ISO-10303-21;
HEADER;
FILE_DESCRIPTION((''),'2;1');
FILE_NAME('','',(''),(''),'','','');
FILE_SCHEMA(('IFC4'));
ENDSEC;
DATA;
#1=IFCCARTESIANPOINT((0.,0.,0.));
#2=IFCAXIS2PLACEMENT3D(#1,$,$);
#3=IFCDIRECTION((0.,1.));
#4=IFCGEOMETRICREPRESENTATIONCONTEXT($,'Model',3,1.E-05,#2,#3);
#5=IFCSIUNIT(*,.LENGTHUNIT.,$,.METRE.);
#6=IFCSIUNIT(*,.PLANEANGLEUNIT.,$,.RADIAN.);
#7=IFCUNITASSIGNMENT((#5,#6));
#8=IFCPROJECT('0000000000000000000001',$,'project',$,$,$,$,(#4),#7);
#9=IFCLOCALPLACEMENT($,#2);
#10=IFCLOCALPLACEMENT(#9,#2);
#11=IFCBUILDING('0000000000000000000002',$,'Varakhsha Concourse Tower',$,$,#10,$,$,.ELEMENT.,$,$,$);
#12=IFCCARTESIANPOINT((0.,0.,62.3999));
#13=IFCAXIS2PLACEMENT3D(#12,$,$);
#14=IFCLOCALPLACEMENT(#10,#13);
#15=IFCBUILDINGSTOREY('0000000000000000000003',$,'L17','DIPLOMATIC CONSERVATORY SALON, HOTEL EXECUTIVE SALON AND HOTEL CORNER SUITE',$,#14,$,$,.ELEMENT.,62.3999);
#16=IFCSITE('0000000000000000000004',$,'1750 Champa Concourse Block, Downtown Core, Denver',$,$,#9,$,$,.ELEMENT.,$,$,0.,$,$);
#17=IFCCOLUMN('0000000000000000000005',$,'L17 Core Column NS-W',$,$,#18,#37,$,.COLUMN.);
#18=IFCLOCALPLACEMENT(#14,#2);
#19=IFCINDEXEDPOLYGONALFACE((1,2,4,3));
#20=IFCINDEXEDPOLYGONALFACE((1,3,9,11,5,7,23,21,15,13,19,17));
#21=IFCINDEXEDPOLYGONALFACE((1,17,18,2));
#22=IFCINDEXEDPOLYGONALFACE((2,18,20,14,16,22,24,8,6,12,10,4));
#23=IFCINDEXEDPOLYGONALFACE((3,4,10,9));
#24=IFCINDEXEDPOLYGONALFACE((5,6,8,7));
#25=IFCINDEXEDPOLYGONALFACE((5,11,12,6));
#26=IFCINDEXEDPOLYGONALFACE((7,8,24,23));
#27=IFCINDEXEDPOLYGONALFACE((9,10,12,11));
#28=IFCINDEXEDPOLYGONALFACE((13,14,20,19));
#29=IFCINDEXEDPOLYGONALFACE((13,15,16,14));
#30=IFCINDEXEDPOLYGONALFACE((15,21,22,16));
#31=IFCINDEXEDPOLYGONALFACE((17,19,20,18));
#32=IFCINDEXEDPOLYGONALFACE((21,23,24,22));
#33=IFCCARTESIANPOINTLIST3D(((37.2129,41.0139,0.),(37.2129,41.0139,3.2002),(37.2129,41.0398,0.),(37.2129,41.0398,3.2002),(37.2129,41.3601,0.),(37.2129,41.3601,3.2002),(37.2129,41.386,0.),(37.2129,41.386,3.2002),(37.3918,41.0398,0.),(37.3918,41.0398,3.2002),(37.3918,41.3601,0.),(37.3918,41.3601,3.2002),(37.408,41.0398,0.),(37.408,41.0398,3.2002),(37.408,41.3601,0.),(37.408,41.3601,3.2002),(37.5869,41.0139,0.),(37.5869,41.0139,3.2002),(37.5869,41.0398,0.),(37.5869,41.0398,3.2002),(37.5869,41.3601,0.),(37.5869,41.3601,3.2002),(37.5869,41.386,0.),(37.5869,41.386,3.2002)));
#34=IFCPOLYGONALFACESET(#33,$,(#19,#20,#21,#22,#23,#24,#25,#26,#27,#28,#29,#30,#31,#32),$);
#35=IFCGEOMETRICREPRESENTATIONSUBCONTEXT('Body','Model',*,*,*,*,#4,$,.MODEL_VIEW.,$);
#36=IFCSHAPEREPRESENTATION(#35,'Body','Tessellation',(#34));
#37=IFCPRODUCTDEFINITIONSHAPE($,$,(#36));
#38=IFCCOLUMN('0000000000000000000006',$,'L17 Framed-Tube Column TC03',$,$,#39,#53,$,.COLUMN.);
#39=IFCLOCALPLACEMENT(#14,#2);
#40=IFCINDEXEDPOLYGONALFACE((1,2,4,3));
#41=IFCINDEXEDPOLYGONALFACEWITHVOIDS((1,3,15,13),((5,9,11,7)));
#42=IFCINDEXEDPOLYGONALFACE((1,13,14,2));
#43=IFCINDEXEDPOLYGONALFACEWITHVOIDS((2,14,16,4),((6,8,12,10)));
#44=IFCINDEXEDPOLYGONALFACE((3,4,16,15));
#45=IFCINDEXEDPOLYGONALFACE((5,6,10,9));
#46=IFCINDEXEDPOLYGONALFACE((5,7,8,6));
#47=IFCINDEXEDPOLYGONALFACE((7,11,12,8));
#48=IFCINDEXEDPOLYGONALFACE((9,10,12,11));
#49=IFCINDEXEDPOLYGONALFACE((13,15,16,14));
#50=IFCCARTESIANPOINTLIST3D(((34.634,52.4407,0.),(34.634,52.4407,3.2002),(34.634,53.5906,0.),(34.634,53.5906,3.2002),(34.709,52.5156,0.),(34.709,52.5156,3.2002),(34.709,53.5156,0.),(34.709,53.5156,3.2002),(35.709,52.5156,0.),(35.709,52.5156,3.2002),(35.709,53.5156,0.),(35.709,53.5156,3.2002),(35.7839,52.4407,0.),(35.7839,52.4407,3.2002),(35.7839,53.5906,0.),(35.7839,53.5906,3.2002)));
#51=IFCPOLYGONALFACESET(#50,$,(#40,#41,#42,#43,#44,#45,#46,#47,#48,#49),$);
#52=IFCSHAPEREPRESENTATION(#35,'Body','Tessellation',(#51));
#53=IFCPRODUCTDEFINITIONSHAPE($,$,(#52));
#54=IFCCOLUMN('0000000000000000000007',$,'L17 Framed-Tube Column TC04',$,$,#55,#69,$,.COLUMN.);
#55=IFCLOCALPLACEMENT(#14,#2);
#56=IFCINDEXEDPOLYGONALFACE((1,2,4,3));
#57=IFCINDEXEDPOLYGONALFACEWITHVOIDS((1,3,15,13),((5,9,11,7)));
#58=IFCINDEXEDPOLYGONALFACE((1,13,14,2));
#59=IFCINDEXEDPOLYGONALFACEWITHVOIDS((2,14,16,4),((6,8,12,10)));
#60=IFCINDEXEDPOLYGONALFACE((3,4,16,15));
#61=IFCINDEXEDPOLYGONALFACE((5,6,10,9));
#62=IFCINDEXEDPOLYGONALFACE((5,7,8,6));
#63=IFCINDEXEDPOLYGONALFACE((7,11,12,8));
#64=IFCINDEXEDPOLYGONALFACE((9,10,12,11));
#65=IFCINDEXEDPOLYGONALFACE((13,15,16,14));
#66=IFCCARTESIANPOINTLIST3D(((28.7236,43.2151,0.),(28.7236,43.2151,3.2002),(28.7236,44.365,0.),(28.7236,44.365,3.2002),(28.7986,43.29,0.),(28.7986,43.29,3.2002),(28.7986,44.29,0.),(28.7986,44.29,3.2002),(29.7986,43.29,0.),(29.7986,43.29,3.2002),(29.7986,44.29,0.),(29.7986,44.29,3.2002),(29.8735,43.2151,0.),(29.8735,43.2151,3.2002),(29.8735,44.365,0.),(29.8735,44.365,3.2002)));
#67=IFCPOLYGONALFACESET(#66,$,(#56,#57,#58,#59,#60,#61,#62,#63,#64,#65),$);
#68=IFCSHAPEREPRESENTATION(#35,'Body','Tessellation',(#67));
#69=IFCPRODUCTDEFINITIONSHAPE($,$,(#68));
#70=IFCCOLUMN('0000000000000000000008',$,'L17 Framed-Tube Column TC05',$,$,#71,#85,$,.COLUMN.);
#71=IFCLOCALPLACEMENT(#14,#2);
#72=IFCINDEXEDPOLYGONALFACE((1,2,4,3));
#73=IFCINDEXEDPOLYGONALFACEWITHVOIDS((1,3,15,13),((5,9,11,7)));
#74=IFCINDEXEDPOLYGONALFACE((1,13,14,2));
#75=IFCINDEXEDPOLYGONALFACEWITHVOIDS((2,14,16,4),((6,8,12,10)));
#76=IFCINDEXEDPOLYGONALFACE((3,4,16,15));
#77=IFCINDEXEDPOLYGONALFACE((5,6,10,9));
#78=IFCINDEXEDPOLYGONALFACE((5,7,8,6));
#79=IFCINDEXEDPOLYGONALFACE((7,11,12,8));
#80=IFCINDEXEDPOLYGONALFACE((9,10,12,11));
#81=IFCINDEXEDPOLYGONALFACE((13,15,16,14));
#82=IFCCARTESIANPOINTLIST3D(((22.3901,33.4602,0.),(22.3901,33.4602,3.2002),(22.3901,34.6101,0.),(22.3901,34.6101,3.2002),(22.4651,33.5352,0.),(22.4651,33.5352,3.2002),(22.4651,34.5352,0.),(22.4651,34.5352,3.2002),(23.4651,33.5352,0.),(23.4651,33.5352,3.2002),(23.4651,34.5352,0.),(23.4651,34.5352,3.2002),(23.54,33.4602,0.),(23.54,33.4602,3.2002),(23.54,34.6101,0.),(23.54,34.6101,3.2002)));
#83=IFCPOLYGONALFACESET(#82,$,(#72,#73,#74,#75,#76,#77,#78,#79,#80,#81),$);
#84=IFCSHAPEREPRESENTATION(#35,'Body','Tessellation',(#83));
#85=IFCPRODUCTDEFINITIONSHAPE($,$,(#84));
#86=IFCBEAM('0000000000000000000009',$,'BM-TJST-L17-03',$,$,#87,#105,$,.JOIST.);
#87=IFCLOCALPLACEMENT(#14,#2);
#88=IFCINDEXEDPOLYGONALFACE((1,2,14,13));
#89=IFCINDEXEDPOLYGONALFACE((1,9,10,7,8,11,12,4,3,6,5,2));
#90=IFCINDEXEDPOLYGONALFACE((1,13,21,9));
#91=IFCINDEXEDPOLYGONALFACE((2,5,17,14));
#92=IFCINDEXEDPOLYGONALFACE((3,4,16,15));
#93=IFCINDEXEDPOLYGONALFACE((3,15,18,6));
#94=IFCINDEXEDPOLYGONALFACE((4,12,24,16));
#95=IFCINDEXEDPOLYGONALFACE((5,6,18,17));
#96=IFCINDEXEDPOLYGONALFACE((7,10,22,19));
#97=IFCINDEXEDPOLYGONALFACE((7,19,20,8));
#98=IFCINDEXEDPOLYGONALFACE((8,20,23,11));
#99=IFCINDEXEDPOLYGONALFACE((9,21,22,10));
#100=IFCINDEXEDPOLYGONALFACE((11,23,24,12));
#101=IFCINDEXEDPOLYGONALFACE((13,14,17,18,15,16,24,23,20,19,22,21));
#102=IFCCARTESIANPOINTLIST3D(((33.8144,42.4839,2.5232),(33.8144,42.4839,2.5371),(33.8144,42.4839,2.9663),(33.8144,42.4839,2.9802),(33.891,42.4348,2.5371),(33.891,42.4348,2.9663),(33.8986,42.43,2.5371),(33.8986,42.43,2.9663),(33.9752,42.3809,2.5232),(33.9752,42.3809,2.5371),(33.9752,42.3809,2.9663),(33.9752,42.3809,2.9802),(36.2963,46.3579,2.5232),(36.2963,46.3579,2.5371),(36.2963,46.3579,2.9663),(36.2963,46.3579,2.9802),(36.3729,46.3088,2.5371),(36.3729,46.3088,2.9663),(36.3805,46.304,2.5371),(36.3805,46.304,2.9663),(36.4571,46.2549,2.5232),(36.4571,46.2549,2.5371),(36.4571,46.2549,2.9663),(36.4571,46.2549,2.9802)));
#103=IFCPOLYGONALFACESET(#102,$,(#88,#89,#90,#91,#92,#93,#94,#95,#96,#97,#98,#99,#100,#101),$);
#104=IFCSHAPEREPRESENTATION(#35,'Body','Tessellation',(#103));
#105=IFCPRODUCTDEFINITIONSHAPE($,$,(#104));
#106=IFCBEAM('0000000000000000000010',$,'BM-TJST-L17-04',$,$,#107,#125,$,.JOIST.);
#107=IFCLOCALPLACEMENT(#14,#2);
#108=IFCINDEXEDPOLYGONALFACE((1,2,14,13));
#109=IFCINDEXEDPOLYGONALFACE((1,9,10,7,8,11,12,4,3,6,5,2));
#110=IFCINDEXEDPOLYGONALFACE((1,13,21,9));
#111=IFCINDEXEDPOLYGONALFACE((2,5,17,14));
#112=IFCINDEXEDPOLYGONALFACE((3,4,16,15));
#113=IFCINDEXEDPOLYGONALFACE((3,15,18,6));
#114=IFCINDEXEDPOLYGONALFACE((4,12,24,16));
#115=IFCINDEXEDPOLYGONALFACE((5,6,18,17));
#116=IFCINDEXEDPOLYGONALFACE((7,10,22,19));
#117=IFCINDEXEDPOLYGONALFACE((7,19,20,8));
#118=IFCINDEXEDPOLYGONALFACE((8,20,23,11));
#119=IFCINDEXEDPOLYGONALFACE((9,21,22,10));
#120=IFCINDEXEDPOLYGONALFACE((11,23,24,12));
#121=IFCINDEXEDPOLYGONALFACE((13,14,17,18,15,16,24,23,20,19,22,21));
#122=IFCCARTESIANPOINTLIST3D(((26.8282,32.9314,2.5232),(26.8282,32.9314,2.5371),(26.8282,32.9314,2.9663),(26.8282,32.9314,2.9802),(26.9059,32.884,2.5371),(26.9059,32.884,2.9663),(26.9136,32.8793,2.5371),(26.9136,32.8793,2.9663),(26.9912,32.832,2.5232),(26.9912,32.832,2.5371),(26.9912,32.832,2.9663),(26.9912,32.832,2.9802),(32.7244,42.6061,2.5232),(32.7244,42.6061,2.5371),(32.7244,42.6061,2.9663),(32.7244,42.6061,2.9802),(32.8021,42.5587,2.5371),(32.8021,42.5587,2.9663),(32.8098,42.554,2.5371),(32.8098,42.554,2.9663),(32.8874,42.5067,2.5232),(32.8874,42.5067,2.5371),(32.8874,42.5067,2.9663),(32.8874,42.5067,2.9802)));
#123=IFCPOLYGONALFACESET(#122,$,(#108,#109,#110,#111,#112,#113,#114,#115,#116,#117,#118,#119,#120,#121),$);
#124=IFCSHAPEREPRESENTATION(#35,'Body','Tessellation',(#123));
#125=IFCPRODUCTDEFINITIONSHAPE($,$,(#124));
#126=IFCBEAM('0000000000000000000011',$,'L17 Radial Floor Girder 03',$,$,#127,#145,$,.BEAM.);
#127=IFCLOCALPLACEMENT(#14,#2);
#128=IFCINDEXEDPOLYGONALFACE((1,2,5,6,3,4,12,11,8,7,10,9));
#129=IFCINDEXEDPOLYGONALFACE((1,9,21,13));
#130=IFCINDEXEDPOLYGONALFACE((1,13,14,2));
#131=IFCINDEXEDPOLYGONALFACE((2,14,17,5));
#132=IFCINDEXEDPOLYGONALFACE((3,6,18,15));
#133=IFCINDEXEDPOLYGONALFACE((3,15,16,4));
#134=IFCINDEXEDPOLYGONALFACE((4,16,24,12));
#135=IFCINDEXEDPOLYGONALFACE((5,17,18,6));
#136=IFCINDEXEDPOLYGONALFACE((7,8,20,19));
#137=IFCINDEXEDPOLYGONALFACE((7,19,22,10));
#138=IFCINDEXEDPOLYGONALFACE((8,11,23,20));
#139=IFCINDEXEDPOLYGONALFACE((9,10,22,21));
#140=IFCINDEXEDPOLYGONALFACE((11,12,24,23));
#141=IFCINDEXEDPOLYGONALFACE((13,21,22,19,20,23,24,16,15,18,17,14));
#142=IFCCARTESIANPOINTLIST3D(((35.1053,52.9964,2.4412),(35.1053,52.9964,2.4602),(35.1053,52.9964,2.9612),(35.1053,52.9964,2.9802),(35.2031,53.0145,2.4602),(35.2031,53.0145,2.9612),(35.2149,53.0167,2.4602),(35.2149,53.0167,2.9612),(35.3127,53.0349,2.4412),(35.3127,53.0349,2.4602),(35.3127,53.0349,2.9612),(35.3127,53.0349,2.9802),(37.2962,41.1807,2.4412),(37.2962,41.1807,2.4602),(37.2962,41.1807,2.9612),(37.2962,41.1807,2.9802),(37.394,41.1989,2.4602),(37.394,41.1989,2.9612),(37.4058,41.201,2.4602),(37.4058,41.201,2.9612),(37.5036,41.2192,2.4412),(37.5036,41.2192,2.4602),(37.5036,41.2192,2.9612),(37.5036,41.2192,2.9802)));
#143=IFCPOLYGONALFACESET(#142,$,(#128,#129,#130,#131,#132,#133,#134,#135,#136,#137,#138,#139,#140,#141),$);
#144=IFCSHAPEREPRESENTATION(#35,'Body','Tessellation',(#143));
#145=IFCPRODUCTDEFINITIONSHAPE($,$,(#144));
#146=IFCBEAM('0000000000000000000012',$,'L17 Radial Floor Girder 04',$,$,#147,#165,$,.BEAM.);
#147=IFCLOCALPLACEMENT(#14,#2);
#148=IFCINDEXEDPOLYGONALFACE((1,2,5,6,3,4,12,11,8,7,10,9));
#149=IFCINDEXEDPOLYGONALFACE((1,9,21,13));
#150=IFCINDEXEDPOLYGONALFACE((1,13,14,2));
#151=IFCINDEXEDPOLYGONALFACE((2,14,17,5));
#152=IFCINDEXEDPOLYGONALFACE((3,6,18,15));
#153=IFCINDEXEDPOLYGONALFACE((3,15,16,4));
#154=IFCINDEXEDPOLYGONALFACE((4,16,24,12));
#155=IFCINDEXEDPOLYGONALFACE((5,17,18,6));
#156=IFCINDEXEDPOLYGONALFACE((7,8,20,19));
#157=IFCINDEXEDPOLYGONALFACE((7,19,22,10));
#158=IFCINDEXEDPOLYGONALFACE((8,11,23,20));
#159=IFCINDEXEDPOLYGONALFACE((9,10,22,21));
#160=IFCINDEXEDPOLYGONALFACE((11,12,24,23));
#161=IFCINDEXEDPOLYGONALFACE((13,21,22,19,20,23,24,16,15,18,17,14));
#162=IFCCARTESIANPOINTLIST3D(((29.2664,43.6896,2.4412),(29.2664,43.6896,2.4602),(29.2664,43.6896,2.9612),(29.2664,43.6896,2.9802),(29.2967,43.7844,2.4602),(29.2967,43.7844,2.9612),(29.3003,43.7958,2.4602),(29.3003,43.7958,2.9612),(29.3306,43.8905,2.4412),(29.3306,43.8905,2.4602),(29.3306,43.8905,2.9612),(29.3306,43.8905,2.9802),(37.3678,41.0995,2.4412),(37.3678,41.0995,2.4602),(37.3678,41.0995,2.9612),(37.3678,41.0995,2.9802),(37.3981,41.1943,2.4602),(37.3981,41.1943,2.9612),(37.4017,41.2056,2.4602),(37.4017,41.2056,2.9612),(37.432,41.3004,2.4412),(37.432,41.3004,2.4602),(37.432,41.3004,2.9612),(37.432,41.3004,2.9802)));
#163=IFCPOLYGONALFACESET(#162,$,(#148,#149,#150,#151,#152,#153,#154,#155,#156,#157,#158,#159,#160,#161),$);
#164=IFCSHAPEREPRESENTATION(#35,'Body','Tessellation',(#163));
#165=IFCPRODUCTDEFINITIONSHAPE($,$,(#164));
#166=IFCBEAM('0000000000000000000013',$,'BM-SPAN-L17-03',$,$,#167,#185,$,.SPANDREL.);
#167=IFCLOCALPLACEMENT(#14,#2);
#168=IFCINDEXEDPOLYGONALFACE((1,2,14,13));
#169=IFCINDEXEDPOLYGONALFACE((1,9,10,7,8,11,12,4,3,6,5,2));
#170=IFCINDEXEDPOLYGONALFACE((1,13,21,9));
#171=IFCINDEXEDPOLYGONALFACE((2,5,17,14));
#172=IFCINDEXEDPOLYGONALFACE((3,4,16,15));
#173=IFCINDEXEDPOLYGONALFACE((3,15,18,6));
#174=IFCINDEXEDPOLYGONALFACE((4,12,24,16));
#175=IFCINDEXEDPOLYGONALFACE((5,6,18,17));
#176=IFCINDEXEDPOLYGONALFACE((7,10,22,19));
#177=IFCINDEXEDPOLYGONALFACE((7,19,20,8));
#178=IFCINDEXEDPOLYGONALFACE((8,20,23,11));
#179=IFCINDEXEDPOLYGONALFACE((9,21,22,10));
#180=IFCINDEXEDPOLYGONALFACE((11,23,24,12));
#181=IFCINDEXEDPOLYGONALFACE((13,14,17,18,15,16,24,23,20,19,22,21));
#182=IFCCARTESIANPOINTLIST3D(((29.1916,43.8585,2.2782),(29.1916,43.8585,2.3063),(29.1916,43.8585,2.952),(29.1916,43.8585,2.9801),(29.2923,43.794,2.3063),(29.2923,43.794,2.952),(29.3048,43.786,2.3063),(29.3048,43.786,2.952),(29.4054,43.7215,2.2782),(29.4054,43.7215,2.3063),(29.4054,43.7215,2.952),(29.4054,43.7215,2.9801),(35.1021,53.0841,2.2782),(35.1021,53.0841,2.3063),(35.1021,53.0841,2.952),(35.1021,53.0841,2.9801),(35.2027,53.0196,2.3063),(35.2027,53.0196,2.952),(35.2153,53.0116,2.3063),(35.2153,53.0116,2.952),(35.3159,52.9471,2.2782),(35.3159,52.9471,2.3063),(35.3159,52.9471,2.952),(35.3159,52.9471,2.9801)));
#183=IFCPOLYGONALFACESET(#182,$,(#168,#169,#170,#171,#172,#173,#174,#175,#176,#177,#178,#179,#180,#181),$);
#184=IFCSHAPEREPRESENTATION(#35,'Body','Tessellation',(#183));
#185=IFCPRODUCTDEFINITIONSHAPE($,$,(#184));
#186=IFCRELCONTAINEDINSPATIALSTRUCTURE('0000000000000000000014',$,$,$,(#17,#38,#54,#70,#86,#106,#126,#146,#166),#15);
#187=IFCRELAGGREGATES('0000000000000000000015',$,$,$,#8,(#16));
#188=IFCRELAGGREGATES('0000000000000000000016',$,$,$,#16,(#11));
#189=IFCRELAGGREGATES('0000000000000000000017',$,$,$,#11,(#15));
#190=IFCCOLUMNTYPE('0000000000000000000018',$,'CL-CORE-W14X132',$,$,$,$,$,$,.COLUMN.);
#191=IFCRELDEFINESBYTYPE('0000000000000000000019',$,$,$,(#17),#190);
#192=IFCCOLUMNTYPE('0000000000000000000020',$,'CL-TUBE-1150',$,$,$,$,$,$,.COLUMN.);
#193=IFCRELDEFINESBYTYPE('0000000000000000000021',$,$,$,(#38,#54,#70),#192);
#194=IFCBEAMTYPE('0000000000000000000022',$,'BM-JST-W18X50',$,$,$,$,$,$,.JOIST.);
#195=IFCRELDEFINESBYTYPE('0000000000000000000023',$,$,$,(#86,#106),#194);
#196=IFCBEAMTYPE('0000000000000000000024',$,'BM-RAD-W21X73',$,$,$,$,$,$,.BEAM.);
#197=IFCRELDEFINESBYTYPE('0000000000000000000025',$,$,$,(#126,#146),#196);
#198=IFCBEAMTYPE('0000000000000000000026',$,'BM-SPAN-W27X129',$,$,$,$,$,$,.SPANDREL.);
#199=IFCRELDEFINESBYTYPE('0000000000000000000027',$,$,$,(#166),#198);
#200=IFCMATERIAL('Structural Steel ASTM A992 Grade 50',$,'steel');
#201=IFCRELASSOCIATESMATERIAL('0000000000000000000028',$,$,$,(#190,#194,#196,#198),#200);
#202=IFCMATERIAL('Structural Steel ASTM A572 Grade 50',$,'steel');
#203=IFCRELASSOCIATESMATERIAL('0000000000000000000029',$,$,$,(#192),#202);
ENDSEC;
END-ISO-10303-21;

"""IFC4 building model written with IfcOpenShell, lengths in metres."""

from ifc_helpers import new_model, si_unit, direction, frame, origin, origin_2d, place, context, subcontext, project, spatial, hollow_rectangle, i_section, extrude, material, material_profile, profile_set, type_object, element, save


model = new_model("IFC4")

# Units and contexts
model_context = context("Model", 3, precision=1e-05, world=origin(), true_north=direction((0.0, 1.0)))
body_context = subcontext(model_context, "Body", "Model", "MODEL_VIEW")
ifc_project = project(units=[si_unit("LENGTHUNIT", "METRE"), si_unit("PLANEANGLEUNIT", "RADIAN")], contexts=[model_context])

# Site, building, storey
site_placement = place(None, origin())
site = spatial("IfcSite", under=ifc_project, at=site_placement, Name="1750 Champa Concourse Block, Downtown Core, Denver", CompositionType="ELEMENT", RefElevation=0.0)
building_placement = place(site_placement, origin())
building = spatial("IfcBuilding", under=site, at=building_placement, Name="Varakhsha Concourse Tower", CompositionType="ELEMENT")
storey_placement = place(building_placement, frame((0.0, 0.0, 62.3999)))
storey = spatial("IfcBuildingStorey", under=building, at=storey_placement, Name="L17", Description="DIPLOMATIC CONSERVATORY SALON, HOTEL EXECUTIVE SALON AND HOTEL CORNER SUITE", CompositionType="ELEMENT", Elevation=62.3999)

# Columns
ifc_material_1 = material(Name="Structural Steel ASTM A992 Grade 50", Category="steel")
ifc_material_profile_1 = material_profile(ifc_material_1, i_section(OverallWidth=0.374, OverallDepth=0.3721, WebThickness=0.0161, FlangeThickness=0.0259, at=origin_2d()), Name="W14X132")
ifc_profile_set_1 = profile_set([ifc_material_profile_1], Name="Structural Steel ASTM A992 Grade 50")
column_type_1 = type_object("IfcColumnType", Name="CL-CORE-W14X132", PredefinedType="COLUMN", material=ifc_profile_set_1)
column_placement = place(storey_placement, frame((37.3999, 41.2, 0.0), z_axis=(0.0, 0.0, 1.0), x_axis=(1.0, 0.0, 0.0)))
element("IfcColumn", 1, at=column_placement, inside=storey, type_object=column_type_1, Name="L17 Core Column NS-W", PredefinedType="COLUMN", context=body_context, shape_type="SweptSolid", body=[
    extrude(i_section(OverallWidth=0.374, OverallDepth=0.3721, WebThickness=0.0161, FlangeThickness=0.0259, at=origin_2d()), origin(), (0.0, 0.0, 1.0), 3.2002),
])
ifc_material_2 = material(Name="Structural Steel ASTM A572 Grade 50", Category="steel")
ifc_material_profile_2 = material_profile(ifc_material_2, hollow_rectangle(XDim=1.1499, YDim=1.1499, WallThickness=0.075, at=origin_2d()), Name="BOX 1150x1150x75")
ifc_profile_set_2 = profile_set([ifc_material_profile_2], Name="Structural Steel ASTM A572 Grade 50")
column_type_2 = type_object("IfcColumnType", Name="CL-TUBE-1150", PredefinedType="COLUMN", material=ifc_profile_set_2)
for number, where, z_axis, x_axis, name in (
    (2, (35.209, 53.0156, 0.0), (0.0, 0.0, 1.0), (1.0, 0.0, 0.0), "L17 Framed-Tube Column TC03"),
    (3, (29.2986, 43.79, 0.0), (0.0, 0.0, 1.0), (1.0, 0.0, 0.0), "L17 Framed-Tube Column TC04"),
    (4, (22.9651, 34.0352, 0.0), (0.0, 0.0, 1.0), (1.0, 0.0, 0.0), "L17 Framed-Tube Column TC05"),
):
    element("IfcColumn", number, at=place(storey_placement, frame(where, z_axis=z_axis, x_axis=x_axis)), inside=storey, type_object=column_type_2, Name=name, PredefinedType="COLUMN", context=body_context, shape_type="SweptSolid", body=[
        extrude(hollow_rectangle(XDim=1.1499, YDim=1.1499, WallThickness=0.075, at=origin_2d()), origin(), (0.0, 0.0, 1.0), 3.2002),
    ])

# Beams
ifc_material_profile_3 = material_profile(ifc_material_1, i_section(OverallWidth=0.1909, OverallDepth=0.457, WebThickness=0.009, FlangeThickness=0.0139, at=origin_2d()), Name="W18X50")
ifc_profile_set_3 = profile_set([ifc_material_profile_3], Name="Structural Steel ASTM A992 Grade 50")
beam_type_1 = type_object("IfcBeamType", Name="BM-JST-W18X50", PredefinedType="JOIST", material=ifc_profile_set_3)
beam_1_placement = place(storey_placement, frame((36.3767, 46.3064, 2.7517), z_axis=(-0.539448, -0.842019, 0.0), x_axis=(0.842019, -0.539448, 0.0)))
element("IfcBeam", 5, at=beam_1_placement, inside=storey, type_object=beam_type_1, Name="BM-TJST-L17-03", PredefinedType="JOIST", context=body_context, shape_type="SweptSolid", body=[
    extrude(i_section(OverallWidth=0.1909, OverallDepth=0.457, WebThickness=0.009, FlangeThickness=0.0139, at=origin_2d()), origin(), (0.0, 0.0, 1.0), 4.6008),
])
beam_2_placement = place(storey_placement, frame((32.8059, 42.5564, 2.7517), z_axis=(-0.520412, -0.853915, 0.0), x_axis=(0.853915, -0.520412, 0.0)))
element("IfcBeam", 6, at=beam_2_placement, inside=storey, type_object=beam_type_1, Name="BM-TJST-L17-04", PredefinedType="JOIST", context=body_context, shape_type="SweptSolid", body=[
    extrude(i_section(OverallWidth=0.1909, OverallDepth=0.457, WebThickness=0.009, FlangeThickness=0.0139, at=origin_2d()), origin(), (0.0, 0.0, 1.0), 11.3298),
])
ifc_material_profile_4 = material_profile(ifc_material_1, i_section(OverallWidth=0.2109, OverallDepth=0.5391, WebThickness=0.012, FlangeThickness=0.019, at=origin_2d()), Name="W21X73")
ifc_profile_set_4 = profile_set([ifc_material_profile_4], Name="Structural Steel ASTM A992 Grade 50")
beam_type_2 = type_object("IfcBeamType", Name="BM-RAD-W21X73", PredefinedType="BEAM", material=ifc_profile_set_4)
beam_3_placement = place(storey_placement, frame((37.3999, 41.2, 2.7107), z_axis=(-0.182317, 0.98324, 0.0), x_axis=(-0.98324, -0.182317, 0.0)))
element("IfcBeam", 7, at=beam_3_placement, inside=storey, type_object=beam_type_2, Name="L17 Radial Floor Girder 03", PredefinedType="BEAM", context=body_context, shape_type="SweptSolid", body=[
    extrude(i_section(OverallWidth=0.2109, OverallDepth=0.5391, WebThickness=0.012, FlangeThickness=0.019, at=origin_2d()), origin(), (0.0, 0.0, 1.0), 12.0171),
])
beam_4_placement = place(storey_placement, frame((37.3999, 41.2, 2.7107), z_axis=(-0.952504, 0.304527, 0.0), x_axis=(-0.304527, -0.952504, 0.0)))
element("IfcBeam", 8, at=beam_4_placement, inside=storey, type_object=beam_type_2, Name="L17 Radial Floor Girder 04", PredefinedType="BEAM", context=body_context, shape_type="SweptSolid", body=[
    extrude(i_section(OverallWidth=0.2109, OverallDepth=0.5391, WebThickness=0.012, FlangeThickness=0.019, at=origin_2d()), origin(), (0.0, 0.0, 1.0), 8.5054),
])
ifc_material_profile_5 = material_profile(ifc_material_1, i_section(OverallWidth=0.2539, OverallDepth=0.7019, WebThickness=0.0149, FlangeThickness=0.0281, at=origin_2d()), Name="W27X129")
ifc_profile_set_5 = profile_set([ifc_material_profile_5], Name="Structural Steel ASTM A992 Grade 50")
beam_type_3 = type_object("IfcBeamType", Name="BM-SPAN-W27X129", PredefinedType="SPANDREL", material=ifc_profile_set_5)
beam_5_placement = place(storey_placement, frame((35.209, 53.0156, 2.6292), z_axis=(-0.539444, -0.842022, 0.0), x_axis=(0.842022, -0.539444, 0.0)))
element("IfcBeam", 9, at=beam_5_placement, inside=storey, type_object=beam_type_3, Name="BM-SPAN-L17-03", PredefinedType="SPANDREL", context=body_context, shape_type="SweptSolid", body=[
    extrude(i_section(OverallWidth=0.2539, OverallDepth=0.7019, WebThickness=0.0149, FlangeThickness=0.0281, at=origin_2d()), origin(), (0.0, 0.0, 1.0), 10.9565),
])

save(model, "model.ifc")
